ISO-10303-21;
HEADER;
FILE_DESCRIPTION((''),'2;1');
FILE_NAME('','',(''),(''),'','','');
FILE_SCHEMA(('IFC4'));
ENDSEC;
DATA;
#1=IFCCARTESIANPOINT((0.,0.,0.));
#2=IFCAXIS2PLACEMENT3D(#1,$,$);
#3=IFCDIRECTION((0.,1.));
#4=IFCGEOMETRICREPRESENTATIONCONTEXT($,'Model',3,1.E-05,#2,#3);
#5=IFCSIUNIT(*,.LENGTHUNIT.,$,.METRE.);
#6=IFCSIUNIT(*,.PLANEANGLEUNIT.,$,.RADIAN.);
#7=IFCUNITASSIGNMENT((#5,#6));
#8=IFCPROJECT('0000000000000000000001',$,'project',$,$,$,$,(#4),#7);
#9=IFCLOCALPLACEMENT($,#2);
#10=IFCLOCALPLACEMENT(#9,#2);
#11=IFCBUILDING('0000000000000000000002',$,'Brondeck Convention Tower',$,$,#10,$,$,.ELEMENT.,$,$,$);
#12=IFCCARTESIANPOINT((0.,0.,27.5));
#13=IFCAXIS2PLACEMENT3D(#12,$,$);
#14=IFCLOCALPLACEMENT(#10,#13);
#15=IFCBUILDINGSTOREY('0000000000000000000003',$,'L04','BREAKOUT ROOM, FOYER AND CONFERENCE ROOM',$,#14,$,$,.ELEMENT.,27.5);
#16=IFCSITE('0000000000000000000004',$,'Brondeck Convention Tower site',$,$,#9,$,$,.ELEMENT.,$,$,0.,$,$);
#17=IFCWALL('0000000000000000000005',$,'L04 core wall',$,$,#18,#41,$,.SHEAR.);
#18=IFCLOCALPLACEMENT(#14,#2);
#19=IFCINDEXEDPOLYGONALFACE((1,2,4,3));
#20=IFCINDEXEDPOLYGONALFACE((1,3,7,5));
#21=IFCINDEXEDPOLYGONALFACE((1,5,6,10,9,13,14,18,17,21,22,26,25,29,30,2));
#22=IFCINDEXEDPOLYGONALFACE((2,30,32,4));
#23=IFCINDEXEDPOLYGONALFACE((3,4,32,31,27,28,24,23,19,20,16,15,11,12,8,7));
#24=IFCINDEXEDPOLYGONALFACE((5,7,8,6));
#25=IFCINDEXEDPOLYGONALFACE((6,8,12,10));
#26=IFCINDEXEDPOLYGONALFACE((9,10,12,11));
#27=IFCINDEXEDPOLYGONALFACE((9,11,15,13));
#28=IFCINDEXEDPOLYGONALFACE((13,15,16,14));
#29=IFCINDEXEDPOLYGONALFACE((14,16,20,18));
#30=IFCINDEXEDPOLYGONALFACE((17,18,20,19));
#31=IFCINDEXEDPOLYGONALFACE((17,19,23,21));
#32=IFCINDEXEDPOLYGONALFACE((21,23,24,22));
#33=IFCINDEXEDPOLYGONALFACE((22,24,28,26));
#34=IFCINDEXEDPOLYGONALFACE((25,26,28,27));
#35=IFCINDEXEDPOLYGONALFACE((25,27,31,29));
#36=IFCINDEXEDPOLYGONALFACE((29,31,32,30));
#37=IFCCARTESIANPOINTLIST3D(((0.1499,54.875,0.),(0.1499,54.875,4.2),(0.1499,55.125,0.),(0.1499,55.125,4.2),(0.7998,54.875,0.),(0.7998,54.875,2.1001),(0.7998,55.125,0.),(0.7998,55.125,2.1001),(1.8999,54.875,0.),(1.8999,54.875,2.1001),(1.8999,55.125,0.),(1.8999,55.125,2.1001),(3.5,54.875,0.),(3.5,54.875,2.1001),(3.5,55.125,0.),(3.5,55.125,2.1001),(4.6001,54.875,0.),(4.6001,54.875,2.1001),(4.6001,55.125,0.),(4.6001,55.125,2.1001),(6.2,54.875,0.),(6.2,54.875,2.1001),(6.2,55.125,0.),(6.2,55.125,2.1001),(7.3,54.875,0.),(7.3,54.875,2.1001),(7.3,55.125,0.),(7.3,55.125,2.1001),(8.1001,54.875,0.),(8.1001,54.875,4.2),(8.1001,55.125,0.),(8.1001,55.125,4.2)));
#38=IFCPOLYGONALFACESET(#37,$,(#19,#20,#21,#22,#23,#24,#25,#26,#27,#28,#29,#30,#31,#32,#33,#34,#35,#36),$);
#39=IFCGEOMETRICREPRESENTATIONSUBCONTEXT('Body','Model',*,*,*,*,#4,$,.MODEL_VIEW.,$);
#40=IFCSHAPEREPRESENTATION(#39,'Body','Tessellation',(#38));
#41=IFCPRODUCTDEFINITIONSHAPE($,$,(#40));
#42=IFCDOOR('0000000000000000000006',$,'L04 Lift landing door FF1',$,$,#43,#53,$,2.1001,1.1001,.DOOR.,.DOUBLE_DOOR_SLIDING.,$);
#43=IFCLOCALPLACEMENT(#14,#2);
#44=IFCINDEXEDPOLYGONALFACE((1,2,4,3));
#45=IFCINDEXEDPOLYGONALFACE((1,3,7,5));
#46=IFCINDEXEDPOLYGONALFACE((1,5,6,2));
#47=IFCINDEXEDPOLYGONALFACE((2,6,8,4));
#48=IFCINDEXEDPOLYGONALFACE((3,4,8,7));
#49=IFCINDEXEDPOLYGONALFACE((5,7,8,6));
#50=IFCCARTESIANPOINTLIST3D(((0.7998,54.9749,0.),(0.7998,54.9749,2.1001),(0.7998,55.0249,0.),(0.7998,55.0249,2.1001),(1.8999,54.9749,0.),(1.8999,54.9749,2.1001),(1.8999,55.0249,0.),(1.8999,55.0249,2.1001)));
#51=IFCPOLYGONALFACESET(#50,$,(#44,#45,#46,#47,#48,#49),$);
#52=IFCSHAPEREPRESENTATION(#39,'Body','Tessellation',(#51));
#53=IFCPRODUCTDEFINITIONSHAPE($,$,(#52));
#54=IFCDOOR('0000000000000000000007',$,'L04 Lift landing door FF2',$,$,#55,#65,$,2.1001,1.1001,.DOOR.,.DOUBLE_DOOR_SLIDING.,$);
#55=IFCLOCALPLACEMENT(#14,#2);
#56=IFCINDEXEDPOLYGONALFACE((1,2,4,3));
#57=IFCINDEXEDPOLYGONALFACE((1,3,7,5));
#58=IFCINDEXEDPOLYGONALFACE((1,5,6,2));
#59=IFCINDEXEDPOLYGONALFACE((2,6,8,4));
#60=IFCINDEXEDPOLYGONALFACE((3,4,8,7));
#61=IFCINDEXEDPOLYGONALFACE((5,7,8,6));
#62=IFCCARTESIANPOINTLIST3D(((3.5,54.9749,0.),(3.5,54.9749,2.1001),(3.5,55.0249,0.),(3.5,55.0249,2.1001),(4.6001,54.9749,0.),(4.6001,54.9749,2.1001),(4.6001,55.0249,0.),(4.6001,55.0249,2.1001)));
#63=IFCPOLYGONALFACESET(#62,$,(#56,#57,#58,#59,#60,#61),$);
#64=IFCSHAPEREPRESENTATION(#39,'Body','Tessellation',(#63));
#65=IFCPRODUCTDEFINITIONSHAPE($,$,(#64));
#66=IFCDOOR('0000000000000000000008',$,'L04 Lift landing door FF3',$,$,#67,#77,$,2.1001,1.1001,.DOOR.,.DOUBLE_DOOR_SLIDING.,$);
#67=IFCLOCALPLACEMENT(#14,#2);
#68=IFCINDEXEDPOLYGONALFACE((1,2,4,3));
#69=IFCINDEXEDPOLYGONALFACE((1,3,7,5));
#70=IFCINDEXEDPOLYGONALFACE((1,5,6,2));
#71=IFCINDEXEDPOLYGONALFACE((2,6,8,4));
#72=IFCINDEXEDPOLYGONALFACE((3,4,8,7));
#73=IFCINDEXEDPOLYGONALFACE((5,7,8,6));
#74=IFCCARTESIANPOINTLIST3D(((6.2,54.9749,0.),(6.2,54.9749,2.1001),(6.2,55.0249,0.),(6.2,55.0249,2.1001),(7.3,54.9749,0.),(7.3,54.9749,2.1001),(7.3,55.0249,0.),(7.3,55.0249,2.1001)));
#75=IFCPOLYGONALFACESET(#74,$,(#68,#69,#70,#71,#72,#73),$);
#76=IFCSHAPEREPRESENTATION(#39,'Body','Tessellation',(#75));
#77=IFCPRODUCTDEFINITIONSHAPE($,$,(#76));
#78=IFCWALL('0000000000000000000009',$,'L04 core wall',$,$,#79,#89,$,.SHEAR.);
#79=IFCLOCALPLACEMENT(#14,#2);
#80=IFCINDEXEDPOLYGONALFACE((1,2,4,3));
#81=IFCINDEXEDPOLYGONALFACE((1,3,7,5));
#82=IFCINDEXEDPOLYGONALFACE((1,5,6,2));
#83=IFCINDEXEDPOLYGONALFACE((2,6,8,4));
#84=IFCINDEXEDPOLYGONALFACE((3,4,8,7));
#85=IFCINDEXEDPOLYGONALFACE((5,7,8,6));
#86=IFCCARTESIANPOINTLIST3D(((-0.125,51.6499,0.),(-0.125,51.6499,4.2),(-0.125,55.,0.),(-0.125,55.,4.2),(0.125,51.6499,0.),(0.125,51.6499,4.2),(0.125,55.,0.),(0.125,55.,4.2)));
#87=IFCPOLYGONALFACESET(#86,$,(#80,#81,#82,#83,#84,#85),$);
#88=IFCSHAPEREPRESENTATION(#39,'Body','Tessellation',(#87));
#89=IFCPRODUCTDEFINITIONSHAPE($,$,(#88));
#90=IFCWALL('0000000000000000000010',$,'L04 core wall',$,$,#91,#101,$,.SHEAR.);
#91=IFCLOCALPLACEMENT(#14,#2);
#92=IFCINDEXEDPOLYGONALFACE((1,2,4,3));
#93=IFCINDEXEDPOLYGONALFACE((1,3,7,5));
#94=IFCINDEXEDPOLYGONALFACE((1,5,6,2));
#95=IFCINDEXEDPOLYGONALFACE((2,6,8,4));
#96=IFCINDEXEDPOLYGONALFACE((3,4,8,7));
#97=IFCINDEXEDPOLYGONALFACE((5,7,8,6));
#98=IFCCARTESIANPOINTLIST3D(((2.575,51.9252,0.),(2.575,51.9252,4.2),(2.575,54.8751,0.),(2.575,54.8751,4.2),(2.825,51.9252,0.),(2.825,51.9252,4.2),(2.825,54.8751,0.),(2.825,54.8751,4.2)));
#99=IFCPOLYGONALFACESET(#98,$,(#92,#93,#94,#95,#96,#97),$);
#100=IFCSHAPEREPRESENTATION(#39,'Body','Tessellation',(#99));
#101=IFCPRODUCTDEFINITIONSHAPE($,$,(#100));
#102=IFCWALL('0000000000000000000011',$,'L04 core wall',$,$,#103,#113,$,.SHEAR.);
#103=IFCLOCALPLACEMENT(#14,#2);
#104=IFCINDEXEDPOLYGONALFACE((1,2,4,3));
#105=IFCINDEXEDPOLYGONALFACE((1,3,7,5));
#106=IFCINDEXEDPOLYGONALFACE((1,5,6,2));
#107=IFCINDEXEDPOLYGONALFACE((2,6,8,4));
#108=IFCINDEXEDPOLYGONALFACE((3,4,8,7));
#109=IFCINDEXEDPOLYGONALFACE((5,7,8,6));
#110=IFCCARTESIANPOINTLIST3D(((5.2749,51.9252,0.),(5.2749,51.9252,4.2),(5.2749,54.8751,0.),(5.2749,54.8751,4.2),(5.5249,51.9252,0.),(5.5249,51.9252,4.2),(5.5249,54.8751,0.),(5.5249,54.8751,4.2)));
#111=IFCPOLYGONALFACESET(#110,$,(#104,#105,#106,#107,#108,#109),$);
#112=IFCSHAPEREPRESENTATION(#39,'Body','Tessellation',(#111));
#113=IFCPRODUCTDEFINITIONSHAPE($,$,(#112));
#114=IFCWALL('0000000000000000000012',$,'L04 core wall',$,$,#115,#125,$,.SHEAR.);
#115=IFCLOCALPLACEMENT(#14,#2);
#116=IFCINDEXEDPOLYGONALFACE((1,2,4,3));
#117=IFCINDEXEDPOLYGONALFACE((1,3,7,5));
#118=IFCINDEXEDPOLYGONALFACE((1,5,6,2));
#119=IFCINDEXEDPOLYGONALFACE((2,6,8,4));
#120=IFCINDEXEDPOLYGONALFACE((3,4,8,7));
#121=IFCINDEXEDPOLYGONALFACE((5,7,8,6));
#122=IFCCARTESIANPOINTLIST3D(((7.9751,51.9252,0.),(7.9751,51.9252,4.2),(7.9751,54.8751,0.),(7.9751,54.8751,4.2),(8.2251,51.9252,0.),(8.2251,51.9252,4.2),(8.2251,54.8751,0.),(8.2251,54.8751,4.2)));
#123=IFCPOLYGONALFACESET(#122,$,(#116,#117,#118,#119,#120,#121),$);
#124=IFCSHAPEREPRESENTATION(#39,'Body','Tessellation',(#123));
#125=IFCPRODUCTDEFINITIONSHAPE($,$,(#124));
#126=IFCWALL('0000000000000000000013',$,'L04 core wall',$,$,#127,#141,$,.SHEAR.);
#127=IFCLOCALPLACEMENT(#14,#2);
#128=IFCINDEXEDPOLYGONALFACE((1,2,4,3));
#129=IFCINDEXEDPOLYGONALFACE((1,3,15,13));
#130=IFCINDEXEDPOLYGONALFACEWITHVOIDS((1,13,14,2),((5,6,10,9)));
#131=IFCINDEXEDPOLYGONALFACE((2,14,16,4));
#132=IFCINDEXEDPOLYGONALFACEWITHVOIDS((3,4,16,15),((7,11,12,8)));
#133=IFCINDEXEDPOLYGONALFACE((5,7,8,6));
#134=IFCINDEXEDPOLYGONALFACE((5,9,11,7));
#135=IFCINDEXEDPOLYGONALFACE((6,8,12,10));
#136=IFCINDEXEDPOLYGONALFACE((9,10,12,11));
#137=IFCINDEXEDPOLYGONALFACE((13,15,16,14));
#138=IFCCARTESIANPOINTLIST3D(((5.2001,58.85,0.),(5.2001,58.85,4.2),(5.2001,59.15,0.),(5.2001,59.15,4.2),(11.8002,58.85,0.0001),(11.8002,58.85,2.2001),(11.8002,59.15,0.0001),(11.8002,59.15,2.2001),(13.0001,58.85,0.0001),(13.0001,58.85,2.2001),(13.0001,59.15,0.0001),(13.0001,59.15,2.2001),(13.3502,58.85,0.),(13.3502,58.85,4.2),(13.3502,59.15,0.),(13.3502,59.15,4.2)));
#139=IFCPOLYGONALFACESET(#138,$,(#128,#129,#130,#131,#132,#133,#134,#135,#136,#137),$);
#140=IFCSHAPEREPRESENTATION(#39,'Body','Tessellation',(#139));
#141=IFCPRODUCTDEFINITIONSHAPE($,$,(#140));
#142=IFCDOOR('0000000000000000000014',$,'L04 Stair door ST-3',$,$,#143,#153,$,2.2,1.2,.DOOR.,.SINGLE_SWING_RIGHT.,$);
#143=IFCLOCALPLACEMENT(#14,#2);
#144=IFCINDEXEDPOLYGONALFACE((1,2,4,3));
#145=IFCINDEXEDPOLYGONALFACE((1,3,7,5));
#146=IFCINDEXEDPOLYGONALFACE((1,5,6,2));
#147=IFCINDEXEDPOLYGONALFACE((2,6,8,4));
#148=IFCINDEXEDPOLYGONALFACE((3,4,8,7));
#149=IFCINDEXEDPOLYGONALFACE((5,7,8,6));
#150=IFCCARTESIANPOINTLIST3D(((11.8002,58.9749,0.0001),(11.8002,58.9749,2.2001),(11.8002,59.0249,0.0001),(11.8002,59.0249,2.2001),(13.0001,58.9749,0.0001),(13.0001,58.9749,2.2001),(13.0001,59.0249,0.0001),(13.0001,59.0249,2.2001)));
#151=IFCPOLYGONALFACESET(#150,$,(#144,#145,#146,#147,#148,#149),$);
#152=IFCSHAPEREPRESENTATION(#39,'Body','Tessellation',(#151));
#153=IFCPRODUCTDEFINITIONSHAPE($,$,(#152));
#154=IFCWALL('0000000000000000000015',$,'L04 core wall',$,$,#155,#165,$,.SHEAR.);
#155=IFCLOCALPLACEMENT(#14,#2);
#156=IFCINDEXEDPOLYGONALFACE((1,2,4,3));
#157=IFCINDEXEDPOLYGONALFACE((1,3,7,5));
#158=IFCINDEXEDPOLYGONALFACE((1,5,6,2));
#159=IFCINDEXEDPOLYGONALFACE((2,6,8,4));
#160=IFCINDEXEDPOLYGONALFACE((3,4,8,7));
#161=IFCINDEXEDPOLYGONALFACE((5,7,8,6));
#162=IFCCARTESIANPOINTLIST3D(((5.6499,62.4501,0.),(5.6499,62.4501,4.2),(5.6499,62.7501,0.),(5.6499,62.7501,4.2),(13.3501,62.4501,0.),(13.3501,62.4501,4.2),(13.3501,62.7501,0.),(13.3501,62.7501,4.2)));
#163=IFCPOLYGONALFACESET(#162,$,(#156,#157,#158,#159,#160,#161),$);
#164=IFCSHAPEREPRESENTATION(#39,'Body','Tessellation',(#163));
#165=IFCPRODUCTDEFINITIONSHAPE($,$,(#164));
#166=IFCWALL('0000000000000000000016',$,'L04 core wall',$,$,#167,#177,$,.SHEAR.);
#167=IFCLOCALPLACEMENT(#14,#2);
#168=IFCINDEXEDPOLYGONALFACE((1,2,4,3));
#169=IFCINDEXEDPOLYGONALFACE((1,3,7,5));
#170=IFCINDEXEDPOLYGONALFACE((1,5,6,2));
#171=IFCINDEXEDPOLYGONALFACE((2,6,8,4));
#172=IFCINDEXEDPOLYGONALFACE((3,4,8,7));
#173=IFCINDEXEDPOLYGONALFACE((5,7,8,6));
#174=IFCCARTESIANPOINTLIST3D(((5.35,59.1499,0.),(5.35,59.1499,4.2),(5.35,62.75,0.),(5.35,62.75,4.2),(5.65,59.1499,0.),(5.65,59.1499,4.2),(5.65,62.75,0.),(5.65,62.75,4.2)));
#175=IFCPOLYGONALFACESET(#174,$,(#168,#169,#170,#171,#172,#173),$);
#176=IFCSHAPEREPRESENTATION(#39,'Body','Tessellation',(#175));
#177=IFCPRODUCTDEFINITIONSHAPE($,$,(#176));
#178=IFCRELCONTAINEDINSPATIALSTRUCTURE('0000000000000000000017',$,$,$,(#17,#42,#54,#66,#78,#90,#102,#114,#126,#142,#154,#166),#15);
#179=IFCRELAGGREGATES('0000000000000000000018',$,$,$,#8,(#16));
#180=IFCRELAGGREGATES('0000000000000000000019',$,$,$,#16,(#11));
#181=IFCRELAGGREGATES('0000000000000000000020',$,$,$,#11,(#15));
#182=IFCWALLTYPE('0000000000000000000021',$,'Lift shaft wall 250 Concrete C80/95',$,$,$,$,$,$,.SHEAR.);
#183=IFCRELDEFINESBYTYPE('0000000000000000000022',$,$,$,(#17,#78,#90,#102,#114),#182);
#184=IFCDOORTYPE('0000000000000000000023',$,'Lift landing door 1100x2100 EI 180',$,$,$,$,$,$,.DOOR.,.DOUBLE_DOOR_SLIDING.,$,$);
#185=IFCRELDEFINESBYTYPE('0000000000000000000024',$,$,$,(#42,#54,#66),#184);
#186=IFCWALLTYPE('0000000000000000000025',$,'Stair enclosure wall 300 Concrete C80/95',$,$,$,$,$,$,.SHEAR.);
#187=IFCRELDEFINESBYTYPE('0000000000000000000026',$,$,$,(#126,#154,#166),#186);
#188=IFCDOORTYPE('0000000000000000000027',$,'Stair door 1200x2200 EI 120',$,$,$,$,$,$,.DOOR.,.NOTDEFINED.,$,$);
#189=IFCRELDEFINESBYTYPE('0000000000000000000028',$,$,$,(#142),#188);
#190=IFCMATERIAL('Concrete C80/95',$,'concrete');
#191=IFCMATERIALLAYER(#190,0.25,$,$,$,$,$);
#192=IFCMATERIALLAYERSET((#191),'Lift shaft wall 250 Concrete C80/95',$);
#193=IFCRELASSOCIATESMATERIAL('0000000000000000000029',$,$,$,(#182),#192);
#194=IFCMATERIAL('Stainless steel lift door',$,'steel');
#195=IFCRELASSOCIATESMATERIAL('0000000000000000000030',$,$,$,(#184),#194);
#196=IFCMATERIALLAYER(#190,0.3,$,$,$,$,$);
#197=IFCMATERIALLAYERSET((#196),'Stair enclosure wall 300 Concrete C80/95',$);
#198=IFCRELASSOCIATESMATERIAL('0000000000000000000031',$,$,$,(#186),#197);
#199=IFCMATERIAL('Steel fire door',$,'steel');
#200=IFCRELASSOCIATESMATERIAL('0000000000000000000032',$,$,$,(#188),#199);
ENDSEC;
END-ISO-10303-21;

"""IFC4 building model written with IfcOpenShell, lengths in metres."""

from ifc_helpers import new_model, si_unit, direction, frame, frame_2d, origin, place, context, subcontext, project, spatial, rectangle, extrude, material, layer, layer_set, type_object, element, fill, save


model = new_model("IFC4")

# Units and contexts
model_context = context("Model", 3, precision=1e-05, world=origin(), true_north=direction((0.0, 1.0)))
body_context = subcontext(model_context, "Body", "Model", "MODEL_VIEW")
ifc_project = project(units=[si_unit("LENGTHUNIT", "METRE"), si_unit("PLANEANGLEUNIT", "RADIAN")], contexts=[model_context])

# Site, building, storey
site_placement = place(None, origin())
site = spatial("IfcSite", under=ifc_project, at=site_placement, Name="Brondeck Convention Tower site", CompositionType="ELEMENT", RefElevation=0.0)
building_placement = place(site_placement, origin())
building = spatial("IfcBuilding", under=site, at=building_placement, Name="Brondeck Convention Tower", CompositionType="ELEMENT")
storey_placement = place(building_placement, frame((0.0, 0.0, 27.5)))
storey = spatial("IfcBuildingStorey", under=building, at=storey_placement, Name="L04", Description="BREAKOUT ROOM, FOYER AND CONFERENCE ROOM", CompositionType="ELEMENT", Elevation=27.5)

# Shared definitions
ifc_material_1 = material(Name="Concrete C80/95", Category="concrete")

# Shared definitions
ifc_layer_1 = layer(ifc_material_1, 0.25)
ifc_layer_set_1 = layer_set([ifc_layer_1], Name="Lift shaft wall 250 Concrete C80/95")
wall_type_1 = type_object("IfcWallType", Name="Lift shaft wall 250 Concrete C80/95", PredefinedType="SHEAR", material=ifc_layer_set_1)

# Wall, openings, doors
wall_1_placement = place(storey_placement, frame((0.1499, 55.0, 0.0), z_axis=(0.0, 0.0, 1.0), x_axis=(1.0, 0.0, 0.0)))
wall_1 = element("IfcWall", 1, at=wall_1_placement, inside=storey, type_object=wall_type_1, Name="L04 core wall", PredefinedType="SHEAR", context=body_context, shape_type="SweptSolid", body=[
    extrude(rectangle(XDim=7.9502, YDim=0.25, at=frame_2d((3.9751, 0.0))), origin(), (0.0, 0.0, 1.0), 4.2),
])
opening_1_placement = place(wall_1_placement, frame((0.6499, 0.0, 0.0)))
opening_1 = element("IfcOpeningElement", 2, at=opening_1_placement, cuts=wall_1, PredefinedType="OPENING", context=body_context, shape_type="SweptSolid", body=[
    extrude(rectangle(XDim=1.1001, YDim=2.1001, at=frame_2d((0.55, 1.05))), frame((0.0, 0.135, 0.0), z_axis=(0.0, -1.0, 0.0), x_axis=(1.0, 0.0, 0.0)), (0.0, 0.0, 1.0), 0.27),
])
opening_2_placement = place(wall_1_placement, frame((3.3501, 0.0, 0.0)))
opening_2 = element("IfcOpeningElement", 3, at=opening_2_placement, cuts=wall_1, PredefinedType="OPENING", context=body_context, shape_type="SweptSolid", body=[
    extrude(rectangle(XDim=1.1001, YDim=2.1001, at=frame_2d((0.55, 1.05))), frame((0.0, 0.135, 0.0), z_axis=(0.0, -1.0, 0.0), x_axis=(1.0, 0.0, 0.0)), (0.0, 0.0, 1.0), 0.27),
])
opening_3_placement = place(wall_1_placement, frame((6.05, 0.0, 0.0)))
opening_3 = element("IfcOpeningElement", 4, at=opening_3_placement, cuts=wall_1, PredefinedType="OPENING", context=body_context, shape_type="SweptSolid", body=[
    extrude(rectangle(XDim=1.1001, YDim=2.1001, at=frame_2d((0.55, 1.05))), frame((0.0, 0.135, 0.0), z_axis=(0.0, -1.0, 0.0), x_axis=(1.0, 0.0, 0.0)), (0.0, 0.0, 1.0), 0.27),
])
ifc_material_2 = material(Name="Stainless steel lift door", Category="steel")
door_type_1 = type_object("IfcDoorType", Name="Lift landing door 1100x2100 EI 180", OperationType="DOUBLE_DOOR_SLIDING", PredefinedType="DOOR", material=ifc_material_2)
door_1_placement = place(opening_1_placement, origin())
door_1 = element("IfcDoor", 5, at=door_1_placement, inside=storey, type_object=door_type_1, Name="L04 Lift landing door FF1", OperationType="DOUBLE_DOOR_SLIDING", OverallHeight=2.1001, OverallWidth=1.1001, PredefinedType="DOOR", context=body_context, shape_type="SweptSolid", body=[
    extrude(rectangle(XDim=1.1001, YDim=2.1001, at=frame_2d((0.55, 1.05))), frame((0.0, 0.0249, 0.0), z_axis=(0.0, -1.0, 0.0), x_axis=(1.0, 0.0, 0.0)), (0.0, 0.0, 1.0), 0.05),
])
fill(opening_1, door_1)
door_2_placement = place(opening_2_placement, origin())
door_2 = element("IfcDoor", 6, at=door_2_placement, inside=storey, type_object=door_type_1, Name="L04 Lift landing door FF2", OperationType="DOUBLE_DOOR_SLIDING", OverallHeight=2.1001, OverallWidth=1.1001, PredefinedType="DOOR", context=body_context, shape_type="SweptSolid", body=[
    extrude(rectangle(XDim=1.1001, YDim=2.1001, at=frame_2d((0.55, 1.05))), frame((0.0, 0.0249, 0.0), z_axis=(0.0, -1.0, 0.0), x_axis=(1.0, 0.0, 0.0)), (0.0, 0.0, 1.0), 0.05),
])
fill(opening_2, door_2)
door_3_placement = place(opening_3_placement, origin())
door_3 = element("IfcDoor", 7, at=door_3_placement, inside=storey, type_object=door_type_1, Name="L04 Lift landing door FF3", OperationType="DOUBLE_DOOR_SLIDING", OverallHeight=2.1001, OverallWidth=1.1001, PredefinedType="DOOR", context=body_context, shape_type="SweptSolid", body=[
    extrude(rectangle(XDim=1.1001, YDim=2.1001, at=frame_2d((0.55, 1.05))), frame((0.0, 0.0249, 0.0), z_axis=(0.0, -1.0, 0.0), x_axis=(1.0, 0.0, 0.0)), (0.0, 0.0, 1.0), 0.05),
])
fill(opening_3, door_3)

# Walls
wall_2_placement = place(storey_placement, frame((0.0, 51.6499, 0.0), z_axis=(0.0, 0.0, 1.0), x_axis=(0.0, 1.0, 0.0)))
element("IfcWall", 8, at=wall_2_placement, inside=storey, type_object=wall_type_1, Name="L04 core wall", PredefinedType="SHEAR", context=body_context, shape_type="SweptSolid", body=[
    extrude(rectangle(XDim=3.3501, YDim=0.25, at=frame_2d((1.675, 0.0))), origin(), (0.0, 0.0, 1.0), 4.2),
])
for number, where, z_axis, x_axis, name in (
    (9, (2.7, 51.925, 0.0), (0.0, 0.0, 1.0), (0.0, 1.0, 0.0), "L04 core wall"),
    (10, (5.3999, 51.925, 0.0), (0.0, 0.0, 1.0), (0.0, 1.0, 0.0), "L04 core wall"),
    (11, (8.1001, 51.925, 0.0), (0.0, 0.0, 1.0), (0.0, 1.0, 0.0), "L04 core wall"),
):
    element("IfcWall", number, at=place(storey_placement, frame(where, z_axis=z_axis, x_axis=x_axis)), inside=storey, type_object=wall_type_1, Name=name, PredefinedType="SHEAR", context=body_context, shape_type="SweptSolid", body=[
        extrude(rectangle(XDim=2.95, YDim=0.25, at=frame_2d((1.4751, 0.0))), origin(), (0.0, 0.0, 1.0), 4.2),
    ])

# Wall, opening, door
ifc_layer_2 = layer(ifc_material_1, 0.3)
ifc_layer_set_2 = layer_set([ifc_layer_2], Name="Stair enclosure wall 300 Concrete C80/95")
wall_type_2 = type_object("IfcWallType", Name="Stair enclosure wall 300 Concrete C80/95", PredefinedType="SHEAR", material=ifc_layer_set_2)
wall_3_placement = place(storey_placement, frame((5.2, 59.0, 0.0), z_axis=(0.0, 0.0, 1.0), x_axis=(1.0, 0.0, 0.0)))
wall_3 = element("IfcWall", 12, at=wall_3_placement, inside=storey, type_object=wall_type_2, Name="L04 core wall", PredefinedType="SHEAR", context=body_context, shape_type="SweptSolid", body=[
    extrude(rectangle(XDim=8.1501, YDim=0.3, at=frame_2d((4.0752, 0.0))), origin(), (0.0, 0.0, 1.0), 4.2),
])
opening_4_placement = place(wall_3_placement, frame((6.6001, 0.0, 0.0)))
opening_4 = element("IfcOpeningElement", 13, at=opening_4_placement, cuts=wall_3, PredefinedType="OPENING", context=body_context, shape_type="SweptSolid", body=[
    extrude(rectangle(XDim=1.2, YDim=2.2, at=frame_2d((0.6001, 1.1001))), frame((0.0, 0.1599, 0.0), z_axis=(0.0, -1.0, 0.0), x_axis=(1.0, 0.0, 0.0)), (0.0, 0.0, 1.0), 0.3201),
])
ifc_material_3 = material(Name="Steel fire door", Category="steel")
door_type_2 = type_object("IfcDoorType", Name="Stair door 1200x2200 EI 120", OperationType="NOTDEFINED", PredefinedType="DOOR", material=ifc_material_3)
door_4_placement = place(opening_4_placement, origin())
door_4 = element("IfcDoor", 14, at=door_4_placement, inside=storey, type_object=door_type_2, Name="L04 Stair door ST-3", OperationType="SINGLE_SWING_RIGHT", OverallHeight=2.2, OverallWidth=1.2, PredefinedType="DOOR", context=body_context, shape_type="SweptSolid", body=[
    extrude(rectangle(XDim=1.2, YDim=2.2, at=frame_2d((0.6001, 1.1001))), frame((0.0, 0.0249, 0.0), z_axis=(0.0, -1.0, 0.0), x_axis=(1.0, 0.0, 0.0)), (0.0, 0.0, 1.0), 0.05),
])
fill(opening_4, door_4)

# Walls
wall_4_placement = place(storey_placement, frame((5.6499, 62.6001, 0.0), z_axis=(0.0, 0.0, 1.0), x_axis=(1.0, 0.0, 0.0)))
element("IfcWall", 15, at=wall_4_placement, inside=storey, type_object=wall_type_2, Name="L04 core wall", PredefinedType="SHEAR", context=body_context, shape_type="SweptSolid", body=[
    extrude(rectangle(XDim=7.7002, YDim=0.3, at=frame_2d((3.8501, 0.0))), origin(), (0.0, 0.0, 1.0), 4.2),
])
wall_5_placement = place(storey_placement, frame((5.5, 59.1499, 0.0), z_axis=(0.0, 0.0, 1.0), x_axis=(0.0, 1.0, 0.0)))
element("IfcWall", 16, at=wall_5_placement, inside=storey, type_object=wall_type_2, Name="L04 core wall", PredefinedType="SHEAR", context=body_context, shape_type="SweptSolid", body=[
    extrude(rectangle(XDim=3.6001, YDim=0.3, at=frame_2d((1.8, 0.0))), origin(), (0.0, 0.0, 1.0), 4.2),
])

save(model, "model.ifc")
